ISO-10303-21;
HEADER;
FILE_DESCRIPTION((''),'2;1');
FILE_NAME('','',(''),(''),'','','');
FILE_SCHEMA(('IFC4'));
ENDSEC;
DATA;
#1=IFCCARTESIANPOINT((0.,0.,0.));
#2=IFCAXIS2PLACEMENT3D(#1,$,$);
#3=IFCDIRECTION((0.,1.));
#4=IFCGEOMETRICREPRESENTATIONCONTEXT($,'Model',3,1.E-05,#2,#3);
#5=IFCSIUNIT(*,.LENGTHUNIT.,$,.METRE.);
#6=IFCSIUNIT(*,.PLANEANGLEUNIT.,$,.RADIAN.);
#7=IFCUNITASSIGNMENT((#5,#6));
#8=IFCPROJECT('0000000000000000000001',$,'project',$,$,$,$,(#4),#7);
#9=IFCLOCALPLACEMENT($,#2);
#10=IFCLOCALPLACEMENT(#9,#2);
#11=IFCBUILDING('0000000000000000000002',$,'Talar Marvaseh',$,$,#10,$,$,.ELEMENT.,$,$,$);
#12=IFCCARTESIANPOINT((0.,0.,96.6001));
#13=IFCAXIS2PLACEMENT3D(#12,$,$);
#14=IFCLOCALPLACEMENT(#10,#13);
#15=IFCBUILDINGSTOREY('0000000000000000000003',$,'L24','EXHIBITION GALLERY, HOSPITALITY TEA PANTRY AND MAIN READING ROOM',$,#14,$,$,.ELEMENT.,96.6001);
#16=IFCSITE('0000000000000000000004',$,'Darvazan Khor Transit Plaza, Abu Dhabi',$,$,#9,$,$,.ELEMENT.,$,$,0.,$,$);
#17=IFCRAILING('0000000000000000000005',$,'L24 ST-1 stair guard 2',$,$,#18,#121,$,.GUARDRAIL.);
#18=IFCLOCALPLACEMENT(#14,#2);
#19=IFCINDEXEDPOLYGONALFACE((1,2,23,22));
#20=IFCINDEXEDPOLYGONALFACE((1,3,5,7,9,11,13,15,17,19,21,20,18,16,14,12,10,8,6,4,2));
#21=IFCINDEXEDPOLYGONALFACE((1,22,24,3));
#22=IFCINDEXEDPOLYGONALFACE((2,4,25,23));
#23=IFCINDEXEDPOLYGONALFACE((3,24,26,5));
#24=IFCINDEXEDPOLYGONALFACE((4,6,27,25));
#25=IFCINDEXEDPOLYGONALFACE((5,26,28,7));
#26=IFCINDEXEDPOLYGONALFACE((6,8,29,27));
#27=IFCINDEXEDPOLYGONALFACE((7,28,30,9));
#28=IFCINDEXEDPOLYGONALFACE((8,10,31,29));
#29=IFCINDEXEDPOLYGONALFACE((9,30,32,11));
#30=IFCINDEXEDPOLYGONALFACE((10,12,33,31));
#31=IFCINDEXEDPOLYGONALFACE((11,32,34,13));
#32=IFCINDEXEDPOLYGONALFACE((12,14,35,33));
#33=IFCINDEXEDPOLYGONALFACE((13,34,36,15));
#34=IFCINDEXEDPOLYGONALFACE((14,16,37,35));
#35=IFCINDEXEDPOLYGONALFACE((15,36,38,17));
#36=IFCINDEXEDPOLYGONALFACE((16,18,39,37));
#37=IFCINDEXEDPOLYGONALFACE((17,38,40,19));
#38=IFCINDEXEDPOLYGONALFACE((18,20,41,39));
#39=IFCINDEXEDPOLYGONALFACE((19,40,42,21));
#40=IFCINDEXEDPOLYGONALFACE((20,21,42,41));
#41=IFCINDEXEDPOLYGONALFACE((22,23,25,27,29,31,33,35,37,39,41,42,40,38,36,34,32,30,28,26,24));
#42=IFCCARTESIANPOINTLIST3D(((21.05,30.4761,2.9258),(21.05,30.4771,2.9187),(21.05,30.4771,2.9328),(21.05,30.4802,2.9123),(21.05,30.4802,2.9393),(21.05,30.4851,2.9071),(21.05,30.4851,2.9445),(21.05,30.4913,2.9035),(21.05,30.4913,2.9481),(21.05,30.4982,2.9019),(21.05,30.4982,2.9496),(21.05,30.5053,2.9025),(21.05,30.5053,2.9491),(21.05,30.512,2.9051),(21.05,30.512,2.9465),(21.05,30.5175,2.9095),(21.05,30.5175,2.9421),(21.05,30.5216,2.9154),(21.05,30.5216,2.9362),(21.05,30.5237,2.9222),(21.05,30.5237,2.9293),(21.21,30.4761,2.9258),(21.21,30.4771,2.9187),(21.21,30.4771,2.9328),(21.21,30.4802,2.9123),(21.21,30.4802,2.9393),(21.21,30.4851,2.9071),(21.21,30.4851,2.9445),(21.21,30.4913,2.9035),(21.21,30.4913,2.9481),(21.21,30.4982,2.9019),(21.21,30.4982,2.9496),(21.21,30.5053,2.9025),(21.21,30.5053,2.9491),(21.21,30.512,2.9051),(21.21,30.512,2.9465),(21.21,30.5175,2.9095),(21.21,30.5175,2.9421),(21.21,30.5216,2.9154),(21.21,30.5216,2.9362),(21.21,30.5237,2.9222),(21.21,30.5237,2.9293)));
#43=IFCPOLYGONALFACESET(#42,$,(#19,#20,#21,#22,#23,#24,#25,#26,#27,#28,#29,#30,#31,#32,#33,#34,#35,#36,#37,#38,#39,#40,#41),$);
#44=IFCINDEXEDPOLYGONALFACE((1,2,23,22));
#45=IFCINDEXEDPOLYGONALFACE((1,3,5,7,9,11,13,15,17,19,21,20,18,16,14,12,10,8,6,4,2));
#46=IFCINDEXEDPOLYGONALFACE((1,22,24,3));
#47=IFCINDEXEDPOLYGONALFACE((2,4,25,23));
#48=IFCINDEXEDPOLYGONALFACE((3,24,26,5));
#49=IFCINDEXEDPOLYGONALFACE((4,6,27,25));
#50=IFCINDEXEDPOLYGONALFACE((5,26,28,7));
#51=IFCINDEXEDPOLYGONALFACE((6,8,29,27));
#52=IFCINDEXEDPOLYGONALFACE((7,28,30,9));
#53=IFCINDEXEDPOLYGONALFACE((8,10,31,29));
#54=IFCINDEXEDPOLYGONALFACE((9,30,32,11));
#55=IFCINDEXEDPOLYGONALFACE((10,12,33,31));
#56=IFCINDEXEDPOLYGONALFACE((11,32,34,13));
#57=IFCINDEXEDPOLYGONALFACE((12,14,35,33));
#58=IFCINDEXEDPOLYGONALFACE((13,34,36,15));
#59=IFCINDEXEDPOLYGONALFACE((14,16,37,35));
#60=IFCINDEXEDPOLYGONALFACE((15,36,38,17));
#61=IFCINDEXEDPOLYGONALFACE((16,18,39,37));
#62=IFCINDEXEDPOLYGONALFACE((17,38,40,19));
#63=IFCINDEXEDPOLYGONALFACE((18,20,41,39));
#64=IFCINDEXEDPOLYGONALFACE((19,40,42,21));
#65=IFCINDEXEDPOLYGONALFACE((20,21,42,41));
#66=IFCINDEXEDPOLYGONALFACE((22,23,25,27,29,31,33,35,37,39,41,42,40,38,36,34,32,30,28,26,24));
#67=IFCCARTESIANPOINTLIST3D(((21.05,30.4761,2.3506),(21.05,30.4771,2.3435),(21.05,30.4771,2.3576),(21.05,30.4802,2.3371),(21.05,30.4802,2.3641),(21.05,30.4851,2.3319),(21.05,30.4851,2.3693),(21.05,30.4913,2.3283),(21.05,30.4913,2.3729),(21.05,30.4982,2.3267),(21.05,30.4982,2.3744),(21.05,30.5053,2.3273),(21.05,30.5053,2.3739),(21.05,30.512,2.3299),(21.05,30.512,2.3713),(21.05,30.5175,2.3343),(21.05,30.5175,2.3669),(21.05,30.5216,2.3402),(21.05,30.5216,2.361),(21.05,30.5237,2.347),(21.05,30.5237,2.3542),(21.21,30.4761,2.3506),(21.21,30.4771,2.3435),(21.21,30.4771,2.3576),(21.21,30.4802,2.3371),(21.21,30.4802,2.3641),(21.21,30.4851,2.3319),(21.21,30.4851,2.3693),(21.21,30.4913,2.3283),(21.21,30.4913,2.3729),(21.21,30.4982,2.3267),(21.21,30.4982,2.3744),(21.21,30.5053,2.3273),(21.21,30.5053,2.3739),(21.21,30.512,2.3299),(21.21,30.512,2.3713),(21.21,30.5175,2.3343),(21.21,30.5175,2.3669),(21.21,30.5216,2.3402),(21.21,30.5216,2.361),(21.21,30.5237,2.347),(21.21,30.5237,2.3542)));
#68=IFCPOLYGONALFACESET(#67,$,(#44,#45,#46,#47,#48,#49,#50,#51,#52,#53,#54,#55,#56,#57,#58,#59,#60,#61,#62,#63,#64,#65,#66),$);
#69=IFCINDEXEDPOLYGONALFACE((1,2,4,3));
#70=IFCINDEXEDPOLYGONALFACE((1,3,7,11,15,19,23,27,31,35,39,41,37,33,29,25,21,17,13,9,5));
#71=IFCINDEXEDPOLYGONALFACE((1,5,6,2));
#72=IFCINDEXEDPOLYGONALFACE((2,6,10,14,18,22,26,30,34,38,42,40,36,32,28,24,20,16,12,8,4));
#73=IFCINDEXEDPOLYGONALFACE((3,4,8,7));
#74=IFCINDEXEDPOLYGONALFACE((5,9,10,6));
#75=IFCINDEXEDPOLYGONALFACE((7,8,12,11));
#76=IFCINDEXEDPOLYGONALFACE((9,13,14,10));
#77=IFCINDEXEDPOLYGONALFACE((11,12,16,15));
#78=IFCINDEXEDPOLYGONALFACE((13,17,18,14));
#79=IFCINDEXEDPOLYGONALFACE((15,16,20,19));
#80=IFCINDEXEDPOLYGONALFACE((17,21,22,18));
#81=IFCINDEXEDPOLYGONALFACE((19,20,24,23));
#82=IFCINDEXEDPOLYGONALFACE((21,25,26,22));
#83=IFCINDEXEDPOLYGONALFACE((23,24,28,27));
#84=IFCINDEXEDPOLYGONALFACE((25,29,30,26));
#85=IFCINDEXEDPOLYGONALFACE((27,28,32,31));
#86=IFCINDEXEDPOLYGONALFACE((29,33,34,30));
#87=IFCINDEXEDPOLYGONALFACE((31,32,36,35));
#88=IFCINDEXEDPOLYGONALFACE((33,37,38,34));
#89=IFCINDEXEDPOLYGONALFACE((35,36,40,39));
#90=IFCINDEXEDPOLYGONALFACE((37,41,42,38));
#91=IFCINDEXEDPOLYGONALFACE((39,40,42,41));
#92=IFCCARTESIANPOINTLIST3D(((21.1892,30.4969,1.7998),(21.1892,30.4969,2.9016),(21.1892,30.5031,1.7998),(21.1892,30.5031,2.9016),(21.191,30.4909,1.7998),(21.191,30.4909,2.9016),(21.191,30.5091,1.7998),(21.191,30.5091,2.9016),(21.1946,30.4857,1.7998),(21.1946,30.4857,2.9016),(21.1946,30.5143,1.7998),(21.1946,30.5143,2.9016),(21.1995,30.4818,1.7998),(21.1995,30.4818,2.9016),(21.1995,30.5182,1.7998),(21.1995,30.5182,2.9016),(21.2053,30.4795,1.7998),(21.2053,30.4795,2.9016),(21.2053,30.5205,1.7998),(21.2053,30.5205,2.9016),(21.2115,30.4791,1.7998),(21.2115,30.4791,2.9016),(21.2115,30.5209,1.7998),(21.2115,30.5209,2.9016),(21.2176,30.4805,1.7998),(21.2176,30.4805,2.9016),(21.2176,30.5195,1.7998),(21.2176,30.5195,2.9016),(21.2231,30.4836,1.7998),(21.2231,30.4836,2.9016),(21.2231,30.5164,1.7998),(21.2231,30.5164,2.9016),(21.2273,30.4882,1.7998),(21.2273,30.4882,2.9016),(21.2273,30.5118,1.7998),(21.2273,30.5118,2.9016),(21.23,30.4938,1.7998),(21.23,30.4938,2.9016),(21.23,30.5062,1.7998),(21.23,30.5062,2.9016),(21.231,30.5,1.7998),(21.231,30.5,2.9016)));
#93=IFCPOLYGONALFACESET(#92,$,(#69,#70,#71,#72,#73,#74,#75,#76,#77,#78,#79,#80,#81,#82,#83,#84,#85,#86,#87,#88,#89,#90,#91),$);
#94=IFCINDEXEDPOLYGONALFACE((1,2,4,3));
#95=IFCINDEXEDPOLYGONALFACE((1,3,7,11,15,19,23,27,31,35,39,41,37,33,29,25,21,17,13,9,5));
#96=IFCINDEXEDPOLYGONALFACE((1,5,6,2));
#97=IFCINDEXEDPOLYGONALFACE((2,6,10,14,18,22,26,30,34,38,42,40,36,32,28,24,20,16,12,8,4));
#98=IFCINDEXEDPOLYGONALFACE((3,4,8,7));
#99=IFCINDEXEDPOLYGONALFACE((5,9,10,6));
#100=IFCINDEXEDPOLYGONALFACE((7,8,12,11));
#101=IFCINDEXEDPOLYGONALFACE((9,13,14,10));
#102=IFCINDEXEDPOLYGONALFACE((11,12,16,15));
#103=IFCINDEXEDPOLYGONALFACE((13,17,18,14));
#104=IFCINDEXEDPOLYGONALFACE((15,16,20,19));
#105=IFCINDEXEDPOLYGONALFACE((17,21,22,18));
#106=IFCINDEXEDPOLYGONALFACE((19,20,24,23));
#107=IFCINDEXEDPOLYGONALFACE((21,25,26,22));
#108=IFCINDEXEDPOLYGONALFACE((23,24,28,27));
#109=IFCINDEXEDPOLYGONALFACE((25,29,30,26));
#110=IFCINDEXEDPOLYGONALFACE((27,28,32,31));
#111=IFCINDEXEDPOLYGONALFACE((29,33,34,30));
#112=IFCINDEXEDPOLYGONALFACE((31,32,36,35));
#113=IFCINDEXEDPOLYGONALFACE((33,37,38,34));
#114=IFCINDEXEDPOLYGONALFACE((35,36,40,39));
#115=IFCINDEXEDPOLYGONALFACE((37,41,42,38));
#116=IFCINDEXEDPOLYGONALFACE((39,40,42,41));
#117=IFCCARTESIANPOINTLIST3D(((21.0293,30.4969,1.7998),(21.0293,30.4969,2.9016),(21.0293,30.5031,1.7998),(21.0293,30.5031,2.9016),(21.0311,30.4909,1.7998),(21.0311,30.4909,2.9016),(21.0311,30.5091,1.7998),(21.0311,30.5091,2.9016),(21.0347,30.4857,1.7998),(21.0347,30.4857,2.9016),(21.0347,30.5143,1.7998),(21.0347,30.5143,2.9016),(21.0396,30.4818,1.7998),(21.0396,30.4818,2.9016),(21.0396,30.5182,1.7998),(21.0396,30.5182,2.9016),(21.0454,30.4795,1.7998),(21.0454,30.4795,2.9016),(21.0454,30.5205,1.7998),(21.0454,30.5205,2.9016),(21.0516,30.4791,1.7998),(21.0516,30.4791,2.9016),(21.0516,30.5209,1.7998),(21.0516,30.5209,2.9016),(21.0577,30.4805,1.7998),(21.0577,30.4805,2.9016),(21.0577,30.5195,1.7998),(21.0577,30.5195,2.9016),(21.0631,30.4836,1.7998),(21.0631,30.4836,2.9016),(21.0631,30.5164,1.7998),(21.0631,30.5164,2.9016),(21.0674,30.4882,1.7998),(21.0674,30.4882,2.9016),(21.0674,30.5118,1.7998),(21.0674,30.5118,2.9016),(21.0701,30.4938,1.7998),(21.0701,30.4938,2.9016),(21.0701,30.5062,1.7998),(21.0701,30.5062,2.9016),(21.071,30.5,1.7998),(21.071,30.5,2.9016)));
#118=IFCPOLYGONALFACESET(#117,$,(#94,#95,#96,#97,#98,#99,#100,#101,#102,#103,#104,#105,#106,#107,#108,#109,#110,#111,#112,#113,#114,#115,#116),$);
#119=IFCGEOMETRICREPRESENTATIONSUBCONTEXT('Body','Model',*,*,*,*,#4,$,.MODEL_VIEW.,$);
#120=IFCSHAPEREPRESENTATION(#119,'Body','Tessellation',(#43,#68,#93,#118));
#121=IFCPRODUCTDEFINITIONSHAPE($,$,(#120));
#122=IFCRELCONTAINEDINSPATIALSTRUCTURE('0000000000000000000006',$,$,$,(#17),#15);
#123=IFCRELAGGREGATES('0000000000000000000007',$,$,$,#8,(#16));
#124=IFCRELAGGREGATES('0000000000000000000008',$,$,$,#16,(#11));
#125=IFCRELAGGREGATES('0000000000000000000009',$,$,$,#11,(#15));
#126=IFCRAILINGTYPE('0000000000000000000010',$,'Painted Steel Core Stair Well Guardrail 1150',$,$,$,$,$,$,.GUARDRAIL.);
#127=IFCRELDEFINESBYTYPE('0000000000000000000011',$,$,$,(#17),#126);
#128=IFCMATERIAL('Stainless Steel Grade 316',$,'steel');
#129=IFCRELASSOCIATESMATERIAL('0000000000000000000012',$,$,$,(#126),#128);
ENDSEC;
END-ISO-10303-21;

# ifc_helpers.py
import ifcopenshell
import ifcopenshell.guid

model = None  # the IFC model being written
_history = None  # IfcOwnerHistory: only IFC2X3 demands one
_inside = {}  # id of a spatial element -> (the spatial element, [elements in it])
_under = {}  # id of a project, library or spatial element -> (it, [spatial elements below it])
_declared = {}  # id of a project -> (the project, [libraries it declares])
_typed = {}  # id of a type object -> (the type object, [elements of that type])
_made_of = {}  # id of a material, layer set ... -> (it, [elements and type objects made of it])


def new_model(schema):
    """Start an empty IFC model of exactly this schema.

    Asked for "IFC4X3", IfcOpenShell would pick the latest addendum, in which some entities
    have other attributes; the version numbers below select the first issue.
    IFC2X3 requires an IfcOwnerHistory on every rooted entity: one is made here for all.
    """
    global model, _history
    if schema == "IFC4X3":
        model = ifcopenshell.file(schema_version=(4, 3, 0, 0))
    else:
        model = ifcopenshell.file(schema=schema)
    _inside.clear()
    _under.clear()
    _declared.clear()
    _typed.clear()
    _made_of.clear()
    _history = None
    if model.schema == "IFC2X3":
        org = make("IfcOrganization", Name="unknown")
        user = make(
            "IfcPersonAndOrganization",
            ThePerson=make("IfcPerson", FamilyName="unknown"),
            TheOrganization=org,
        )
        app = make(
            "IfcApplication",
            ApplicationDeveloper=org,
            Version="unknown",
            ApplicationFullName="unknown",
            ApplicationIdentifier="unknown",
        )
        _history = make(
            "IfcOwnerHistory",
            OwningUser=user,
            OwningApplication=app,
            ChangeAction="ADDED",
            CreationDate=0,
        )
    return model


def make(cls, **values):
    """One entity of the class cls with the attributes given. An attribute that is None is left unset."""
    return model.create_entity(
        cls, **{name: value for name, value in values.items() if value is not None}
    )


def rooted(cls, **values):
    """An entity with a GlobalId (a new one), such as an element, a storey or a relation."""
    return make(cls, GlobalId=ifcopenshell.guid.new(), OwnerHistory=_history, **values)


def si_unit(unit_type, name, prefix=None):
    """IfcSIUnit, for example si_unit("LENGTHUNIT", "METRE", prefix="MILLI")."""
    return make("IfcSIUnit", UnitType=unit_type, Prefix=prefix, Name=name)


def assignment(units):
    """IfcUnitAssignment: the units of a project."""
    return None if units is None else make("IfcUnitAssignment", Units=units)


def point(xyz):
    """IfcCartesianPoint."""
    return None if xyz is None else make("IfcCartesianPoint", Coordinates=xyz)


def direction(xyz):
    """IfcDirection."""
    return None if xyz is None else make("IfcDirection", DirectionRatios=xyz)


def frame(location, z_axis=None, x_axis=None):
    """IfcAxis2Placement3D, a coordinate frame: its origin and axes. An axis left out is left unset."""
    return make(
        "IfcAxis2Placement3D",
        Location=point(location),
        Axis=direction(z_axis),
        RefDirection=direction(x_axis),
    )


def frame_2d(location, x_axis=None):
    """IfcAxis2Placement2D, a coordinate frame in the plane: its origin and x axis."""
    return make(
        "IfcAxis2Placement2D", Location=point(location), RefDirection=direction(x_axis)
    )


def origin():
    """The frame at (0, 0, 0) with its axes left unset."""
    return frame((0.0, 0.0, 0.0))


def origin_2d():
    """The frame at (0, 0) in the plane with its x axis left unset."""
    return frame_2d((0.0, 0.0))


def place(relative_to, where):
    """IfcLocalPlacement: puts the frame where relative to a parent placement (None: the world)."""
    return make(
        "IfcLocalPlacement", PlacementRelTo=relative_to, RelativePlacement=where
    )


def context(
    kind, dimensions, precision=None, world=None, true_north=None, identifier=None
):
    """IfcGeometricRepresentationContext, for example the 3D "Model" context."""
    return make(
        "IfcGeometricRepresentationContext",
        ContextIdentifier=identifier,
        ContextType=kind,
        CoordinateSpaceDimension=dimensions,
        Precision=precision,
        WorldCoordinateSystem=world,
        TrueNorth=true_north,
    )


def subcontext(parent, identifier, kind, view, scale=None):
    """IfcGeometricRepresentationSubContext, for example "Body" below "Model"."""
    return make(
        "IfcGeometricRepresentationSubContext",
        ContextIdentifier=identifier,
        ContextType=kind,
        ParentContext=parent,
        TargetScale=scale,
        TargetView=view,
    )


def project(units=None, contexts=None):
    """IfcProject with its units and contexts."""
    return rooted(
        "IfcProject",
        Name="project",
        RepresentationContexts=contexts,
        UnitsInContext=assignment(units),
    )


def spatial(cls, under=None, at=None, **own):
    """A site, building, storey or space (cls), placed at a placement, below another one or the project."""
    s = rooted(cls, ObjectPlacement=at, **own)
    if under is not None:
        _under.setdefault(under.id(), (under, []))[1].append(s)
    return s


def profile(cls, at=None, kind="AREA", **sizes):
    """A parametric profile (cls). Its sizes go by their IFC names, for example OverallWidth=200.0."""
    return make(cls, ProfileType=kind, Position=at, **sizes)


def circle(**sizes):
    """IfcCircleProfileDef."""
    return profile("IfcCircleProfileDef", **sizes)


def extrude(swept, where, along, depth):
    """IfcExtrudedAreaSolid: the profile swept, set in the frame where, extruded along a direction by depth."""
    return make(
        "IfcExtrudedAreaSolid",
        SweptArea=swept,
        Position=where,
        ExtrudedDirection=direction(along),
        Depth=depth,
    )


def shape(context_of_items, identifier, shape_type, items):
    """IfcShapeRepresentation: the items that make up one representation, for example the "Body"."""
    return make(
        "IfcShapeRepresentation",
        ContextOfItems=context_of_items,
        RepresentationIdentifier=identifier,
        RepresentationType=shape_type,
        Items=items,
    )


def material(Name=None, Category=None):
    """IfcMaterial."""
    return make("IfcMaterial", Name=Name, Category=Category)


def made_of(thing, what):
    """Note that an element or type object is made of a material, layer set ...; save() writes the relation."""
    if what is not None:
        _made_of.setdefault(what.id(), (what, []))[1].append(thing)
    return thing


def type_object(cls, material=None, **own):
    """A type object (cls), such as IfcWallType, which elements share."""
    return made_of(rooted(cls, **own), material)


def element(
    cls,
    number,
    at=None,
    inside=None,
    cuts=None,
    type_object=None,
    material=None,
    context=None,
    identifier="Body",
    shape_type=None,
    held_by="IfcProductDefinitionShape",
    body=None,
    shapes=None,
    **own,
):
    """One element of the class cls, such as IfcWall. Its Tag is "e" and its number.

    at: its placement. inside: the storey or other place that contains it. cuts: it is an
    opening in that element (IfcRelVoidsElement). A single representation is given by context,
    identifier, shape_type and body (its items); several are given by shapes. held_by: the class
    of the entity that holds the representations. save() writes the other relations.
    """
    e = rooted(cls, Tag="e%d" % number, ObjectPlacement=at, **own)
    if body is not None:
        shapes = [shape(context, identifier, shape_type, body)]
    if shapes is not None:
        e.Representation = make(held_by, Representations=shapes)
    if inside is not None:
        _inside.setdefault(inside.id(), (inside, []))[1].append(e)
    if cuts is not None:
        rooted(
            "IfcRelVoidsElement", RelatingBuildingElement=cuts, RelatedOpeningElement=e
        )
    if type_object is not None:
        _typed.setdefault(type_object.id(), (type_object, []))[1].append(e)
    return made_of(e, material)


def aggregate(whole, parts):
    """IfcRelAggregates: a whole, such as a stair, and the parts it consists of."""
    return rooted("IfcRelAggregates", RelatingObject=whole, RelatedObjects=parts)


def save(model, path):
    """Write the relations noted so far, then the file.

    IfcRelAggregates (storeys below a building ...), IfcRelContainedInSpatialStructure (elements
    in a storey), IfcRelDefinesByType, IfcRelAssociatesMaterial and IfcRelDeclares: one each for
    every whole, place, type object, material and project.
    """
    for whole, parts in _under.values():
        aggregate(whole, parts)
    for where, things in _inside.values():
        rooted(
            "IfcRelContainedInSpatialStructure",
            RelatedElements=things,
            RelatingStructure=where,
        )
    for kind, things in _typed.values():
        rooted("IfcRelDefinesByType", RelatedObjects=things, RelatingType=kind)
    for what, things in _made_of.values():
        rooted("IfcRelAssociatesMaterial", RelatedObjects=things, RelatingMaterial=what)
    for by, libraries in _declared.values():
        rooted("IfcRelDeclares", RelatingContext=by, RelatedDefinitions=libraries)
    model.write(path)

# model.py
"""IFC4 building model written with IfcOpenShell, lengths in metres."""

from ifc_helpers import new_model, si_unit, direction, frame, origin, origin_2d, place, context, subcontext, project, spatial, circle, extrude, material, type_object, element, save


model = new_model("IFC4")

# Units and contexts
model_context = context("Model", 3, precision=1e-05, world=origin(), true_north=direction((0.0, 1.0)))
body_context = subcontext(model_context, "Body", "Model", "MODEL_VIEW")
ifc_project = project(units=[si_unit("LENGTHUNIT", "METRE"), si_unit("PLANEANGLEUNIT", "RADIAN")], contexts=[model_context])

# Site, building, storey
site_placement = place(None, origin())
site = spatial("IfcSite", under=ifc_project, at=site_placement, Name="Darvazan Khor Transit Plaza, Abu Dhabi", CompositionType="ELEMENT", RefElevation=0.0)
building_placement = place(site_placement, origin())
building = spatial("IfcBuilding", under=site, at=building_placement, Name="Talar Marvaseh", CompositionType="ELEMENT")
storey_placement = place(building_placement, frame((0.0, 0.0, 96.6001)))
storey = spatial("IfcBuildingStorey", under=building, at=storey_placement, Name="L24", Description="EXHIBITION GALLERY, HOSPITALITY TEA PANTRY AND MAIN READING ROOM", CompositionType="ELEMENT", Elevation=96.6001)

# Railing
ifc_material_1 = material(Name="Stainless Steel Grade 316", Category="steel")
railing_type_1 = type_object("IfcRailingType", Name="Painted Steel Core Stair Well Guardrail 1150", PredefinedType="GUARDRAIL", material=ifc_material_1)
railing_1_placement = place(storey_placement, frame((21.21, 30.5, 1.7998)))
element("IfcRailing", 1, at=railing_1_placement, inside=storey, type_object=railing_type_1, Name="L24 ST-1 stair guard 2", PredefinedType="GUARDRAIL", context=body_context, shape_type="SweptSolid", body=[
    extrude(circle(Radius=0.0239, at=origin_2d()), frame((0.0, 0.0, 1.126), z_axis=(-1.0, 0.0, 0.0), x_axis=(0.0, -1.0, 0.0)), (0.0, 0.0, 1.0), 0.1599),
    extrude(circle(Radius=0.0239, at=origin_2d()), frame((0.0, 0.0, 0.5508), z_axis=(-1.0, 0.0, 0.0), x_axis=(0.0, -1.0, 0.0)), (0.0, 0.0, 1.0), 0.1599),
    extrude(circle(Radius=0.021, at=origin_2d()), origin(), (0.0, 0.0, 1.0), 1.1018),
    extrude(circle(Radius=0.021, at=origin_2d()), frame((-0.1599, 0.0, 0.0)), (0.0, 0.0, 1.0), 1.1018),
])

save(model, "model.ifc")
